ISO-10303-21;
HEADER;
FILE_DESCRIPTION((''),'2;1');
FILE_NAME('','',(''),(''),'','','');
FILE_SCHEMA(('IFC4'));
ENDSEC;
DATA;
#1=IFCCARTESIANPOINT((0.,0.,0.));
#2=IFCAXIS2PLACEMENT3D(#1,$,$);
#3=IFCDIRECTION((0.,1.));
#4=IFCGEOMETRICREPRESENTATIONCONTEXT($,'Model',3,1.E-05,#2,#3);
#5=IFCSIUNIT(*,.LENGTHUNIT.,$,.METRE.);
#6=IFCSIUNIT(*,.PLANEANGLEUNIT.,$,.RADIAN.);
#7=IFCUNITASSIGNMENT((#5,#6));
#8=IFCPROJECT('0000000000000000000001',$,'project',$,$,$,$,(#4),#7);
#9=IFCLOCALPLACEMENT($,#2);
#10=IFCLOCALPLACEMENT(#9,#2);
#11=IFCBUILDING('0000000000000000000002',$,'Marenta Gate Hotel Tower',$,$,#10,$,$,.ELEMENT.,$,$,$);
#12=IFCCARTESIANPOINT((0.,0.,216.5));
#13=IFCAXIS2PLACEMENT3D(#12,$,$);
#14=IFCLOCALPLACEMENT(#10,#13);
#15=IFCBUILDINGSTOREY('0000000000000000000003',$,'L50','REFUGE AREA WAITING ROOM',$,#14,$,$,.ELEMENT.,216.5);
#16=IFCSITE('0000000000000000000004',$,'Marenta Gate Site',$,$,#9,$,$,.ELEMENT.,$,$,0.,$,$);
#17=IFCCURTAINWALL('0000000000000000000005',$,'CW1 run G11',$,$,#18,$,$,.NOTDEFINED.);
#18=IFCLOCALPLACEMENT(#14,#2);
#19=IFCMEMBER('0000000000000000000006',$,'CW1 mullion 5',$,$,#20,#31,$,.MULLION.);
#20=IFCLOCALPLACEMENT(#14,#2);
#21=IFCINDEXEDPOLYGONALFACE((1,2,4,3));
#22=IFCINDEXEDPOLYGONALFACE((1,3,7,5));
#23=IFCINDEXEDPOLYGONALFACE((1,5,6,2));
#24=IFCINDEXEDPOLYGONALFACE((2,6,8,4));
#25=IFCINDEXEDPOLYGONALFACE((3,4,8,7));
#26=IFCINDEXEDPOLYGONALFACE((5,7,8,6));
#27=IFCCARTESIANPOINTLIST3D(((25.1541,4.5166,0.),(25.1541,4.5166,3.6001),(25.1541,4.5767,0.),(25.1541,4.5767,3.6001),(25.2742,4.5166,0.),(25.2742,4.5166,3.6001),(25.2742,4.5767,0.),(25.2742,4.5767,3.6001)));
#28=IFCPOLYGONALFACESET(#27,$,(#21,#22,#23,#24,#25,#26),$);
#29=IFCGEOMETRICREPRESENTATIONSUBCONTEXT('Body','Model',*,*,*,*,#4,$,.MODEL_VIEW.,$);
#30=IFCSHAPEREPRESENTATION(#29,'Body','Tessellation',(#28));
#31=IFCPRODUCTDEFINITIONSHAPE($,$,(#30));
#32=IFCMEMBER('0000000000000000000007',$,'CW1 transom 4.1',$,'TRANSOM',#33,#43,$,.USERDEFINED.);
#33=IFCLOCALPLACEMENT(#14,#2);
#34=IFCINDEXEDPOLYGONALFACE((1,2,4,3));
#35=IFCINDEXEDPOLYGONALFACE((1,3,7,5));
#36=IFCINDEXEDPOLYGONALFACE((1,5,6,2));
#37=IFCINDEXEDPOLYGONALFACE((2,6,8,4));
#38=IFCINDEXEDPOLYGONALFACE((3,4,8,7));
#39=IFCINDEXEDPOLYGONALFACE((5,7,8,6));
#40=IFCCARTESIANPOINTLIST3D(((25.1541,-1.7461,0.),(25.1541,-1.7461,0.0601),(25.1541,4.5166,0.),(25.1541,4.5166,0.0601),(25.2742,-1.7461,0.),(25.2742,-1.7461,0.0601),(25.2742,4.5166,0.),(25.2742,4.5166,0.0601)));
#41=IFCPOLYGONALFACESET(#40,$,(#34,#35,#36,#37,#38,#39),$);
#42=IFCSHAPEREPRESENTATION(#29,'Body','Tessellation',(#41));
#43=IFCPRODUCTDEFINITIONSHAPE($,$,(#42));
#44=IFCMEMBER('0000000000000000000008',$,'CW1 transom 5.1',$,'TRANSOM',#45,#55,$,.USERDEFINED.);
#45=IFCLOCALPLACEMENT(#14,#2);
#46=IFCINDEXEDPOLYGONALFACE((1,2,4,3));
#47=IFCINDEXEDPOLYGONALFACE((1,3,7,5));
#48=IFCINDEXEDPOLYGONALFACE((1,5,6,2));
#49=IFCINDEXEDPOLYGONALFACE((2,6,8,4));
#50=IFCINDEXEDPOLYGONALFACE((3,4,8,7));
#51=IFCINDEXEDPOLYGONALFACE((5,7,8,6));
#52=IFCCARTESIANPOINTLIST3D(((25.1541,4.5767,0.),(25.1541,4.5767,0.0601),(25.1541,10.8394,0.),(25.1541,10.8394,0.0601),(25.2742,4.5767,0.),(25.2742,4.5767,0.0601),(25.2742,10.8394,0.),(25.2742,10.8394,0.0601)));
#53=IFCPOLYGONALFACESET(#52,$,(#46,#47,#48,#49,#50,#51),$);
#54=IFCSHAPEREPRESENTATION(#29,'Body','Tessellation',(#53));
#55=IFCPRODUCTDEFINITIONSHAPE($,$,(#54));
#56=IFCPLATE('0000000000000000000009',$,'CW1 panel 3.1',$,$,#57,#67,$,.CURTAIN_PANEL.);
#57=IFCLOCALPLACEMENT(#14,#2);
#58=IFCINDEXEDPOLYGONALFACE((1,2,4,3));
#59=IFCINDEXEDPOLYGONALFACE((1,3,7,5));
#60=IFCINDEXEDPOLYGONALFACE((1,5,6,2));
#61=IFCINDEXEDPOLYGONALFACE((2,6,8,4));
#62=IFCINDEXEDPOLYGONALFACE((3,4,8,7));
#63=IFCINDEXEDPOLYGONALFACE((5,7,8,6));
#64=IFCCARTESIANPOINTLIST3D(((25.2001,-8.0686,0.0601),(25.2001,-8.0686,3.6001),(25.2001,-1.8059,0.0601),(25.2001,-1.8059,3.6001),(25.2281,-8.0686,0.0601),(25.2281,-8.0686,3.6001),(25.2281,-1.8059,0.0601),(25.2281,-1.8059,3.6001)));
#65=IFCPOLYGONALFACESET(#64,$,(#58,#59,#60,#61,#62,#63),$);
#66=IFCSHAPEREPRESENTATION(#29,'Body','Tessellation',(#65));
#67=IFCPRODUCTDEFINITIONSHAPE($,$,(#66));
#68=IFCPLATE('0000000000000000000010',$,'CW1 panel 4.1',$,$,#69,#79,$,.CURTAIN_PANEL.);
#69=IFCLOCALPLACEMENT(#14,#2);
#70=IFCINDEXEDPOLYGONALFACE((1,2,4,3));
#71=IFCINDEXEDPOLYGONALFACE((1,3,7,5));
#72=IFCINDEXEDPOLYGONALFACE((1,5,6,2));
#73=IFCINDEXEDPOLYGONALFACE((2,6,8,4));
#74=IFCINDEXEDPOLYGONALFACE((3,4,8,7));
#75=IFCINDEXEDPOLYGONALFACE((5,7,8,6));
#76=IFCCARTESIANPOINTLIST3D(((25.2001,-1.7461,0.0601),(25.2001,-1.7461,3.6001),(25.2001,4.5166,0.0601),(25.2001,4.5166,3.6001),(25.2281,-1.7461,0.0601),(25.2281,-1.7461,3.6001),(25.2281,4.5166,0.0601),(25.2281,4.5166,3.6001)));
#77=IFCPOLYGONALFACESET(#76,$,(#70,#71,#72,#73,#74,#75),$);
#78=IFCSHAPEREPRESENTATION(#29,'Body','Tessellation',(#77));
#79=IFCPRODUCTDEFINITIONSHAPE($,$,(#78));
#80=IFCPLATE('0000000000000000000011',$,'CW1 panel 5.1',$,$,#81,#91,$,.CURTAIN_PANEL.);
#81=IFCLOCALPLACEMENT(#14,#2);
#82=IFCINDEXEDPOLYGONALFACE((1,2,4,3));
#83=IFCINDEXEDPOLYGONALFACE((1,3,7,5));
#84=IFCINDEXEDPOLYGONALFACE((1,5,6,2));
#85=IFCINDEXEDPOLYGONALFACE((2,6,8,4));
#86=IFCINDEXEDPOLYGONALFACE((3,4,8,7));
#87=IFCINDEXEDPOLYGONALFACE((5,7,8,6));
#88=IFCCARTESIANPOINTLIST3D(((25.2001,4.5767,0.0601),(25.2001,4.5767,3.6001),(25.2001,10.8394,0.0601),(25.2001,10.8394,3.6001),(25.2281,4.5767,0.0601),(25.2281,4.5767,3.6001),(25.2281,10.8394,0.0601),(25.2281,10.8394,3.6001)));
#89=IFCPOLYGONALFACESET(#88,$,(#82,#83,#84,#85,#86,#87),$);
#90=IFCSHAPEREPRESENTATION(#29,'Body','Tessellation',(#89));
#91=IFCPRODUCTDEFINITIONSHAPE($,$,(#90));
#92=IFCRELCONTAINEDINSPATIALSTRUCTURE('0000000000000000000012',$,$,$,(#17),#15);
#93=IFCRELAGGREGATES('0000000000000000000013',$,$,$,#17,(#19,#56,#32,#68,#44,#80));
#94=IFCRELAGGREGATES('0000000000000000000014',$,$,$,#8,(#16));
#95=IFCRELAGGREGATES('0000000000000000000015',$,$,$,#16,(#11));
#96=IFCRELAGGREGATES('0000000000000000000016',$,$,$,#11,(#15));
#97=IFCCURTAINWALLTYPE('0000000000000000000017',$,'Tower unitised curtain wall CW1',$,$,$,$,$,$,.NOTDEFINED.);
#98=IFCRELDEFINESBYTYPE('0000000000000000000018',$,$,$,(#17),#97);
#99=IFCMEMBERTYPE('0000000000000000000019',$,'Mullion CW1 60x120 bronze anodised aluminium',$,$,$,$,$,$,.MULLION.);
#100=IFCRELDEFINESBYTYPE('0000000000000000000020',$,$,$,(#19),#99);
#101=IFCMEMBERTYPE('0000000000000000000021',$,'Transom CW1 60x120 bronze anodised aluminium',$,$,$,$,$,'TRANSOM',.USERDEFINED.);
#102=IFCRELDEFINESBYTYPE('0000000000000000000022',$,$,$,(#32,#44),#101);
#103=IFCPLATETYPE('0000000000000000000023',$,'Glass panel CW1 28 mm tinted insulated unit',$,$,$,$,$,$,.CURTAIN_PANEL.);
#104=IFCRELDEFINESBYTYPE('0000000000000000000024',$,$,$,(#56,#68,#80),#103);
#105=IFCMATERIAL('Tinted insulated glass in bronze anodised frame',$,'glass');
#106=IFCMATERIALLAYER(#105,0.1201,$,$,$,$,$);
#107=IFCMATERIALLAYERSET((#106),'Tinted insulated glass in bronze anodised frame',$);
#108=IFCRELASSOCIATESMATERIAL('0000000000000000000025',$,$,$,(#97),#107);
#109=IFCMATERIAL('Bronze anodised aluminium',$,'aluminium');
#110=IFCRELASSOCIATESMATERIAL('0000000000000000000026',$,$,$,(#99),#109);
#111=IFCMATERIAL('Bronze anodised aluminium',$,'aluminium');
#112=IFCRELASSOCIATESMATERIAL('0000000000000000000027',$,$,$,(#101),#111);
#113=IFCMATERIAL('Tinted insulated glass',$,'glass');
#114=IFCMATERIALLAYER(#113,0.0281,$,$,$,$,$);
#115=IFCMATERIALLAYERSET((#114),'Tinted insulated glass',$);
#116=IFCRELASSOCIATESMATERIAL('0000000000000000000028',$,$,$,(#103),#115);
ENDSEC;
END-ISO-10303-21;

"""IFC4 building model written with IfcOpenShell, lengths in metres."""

from ifc_helpers import new_model, si_unit, direction, frame, origin, origin_2d, place, context, subcontext, project, spatial, rectangle, extrude, material, layer, layer_set, material_profile, profile_set, type_object, element, aggregate, save


model = new_model("IFC4")

# Units and contexts
model_context = context("Model", 3, precision=1e-05, world=origin(), true_north=direction((0.0, 1.0)))
body_context = subcontext(model_context, "Body", "Model", "MODEL_VIEW")
ifc_project = project(units=[si_unit("LENGTHUNIT", "METRE"), si_unit("PLANEANGLEUNIT", "RADIAN")], contexts=[model_context])

# Site, building, storey
site_placement = place(None, origin())
site = spatial("IfcSite", under=ifc_project, at=site_placement, Name="Marenta Gate Site", CompositionType="ELEMENT", RefElevation=0.0)
building_placement = place(site_placement, origin())
building = spatial("IfcBuilding", under=site, at=building_placement, Name="Marenta Gate Hotel Tower", CompositionType="ELEMENT")
storey_placement = place(building_placement, frame((0.0, 0.0, 216.5)))
storey = spatial("IfcBuildingStorey", under=building, at=storey_placement, Name="L50", Description="REFUGE AREA WAITING ROOM", CompositionType="ELEMENT", Elevation=216.5)

# Curtain wall, members, plates
ifc_material_1 = material(Name="Tinted insulated glass in bronze anodised frame", Category="glass")
ifc_layer_1 = layer(ifc_material_1, 0.1201)
ifc_layer_set_1 = layer_set([ifc_layer_1], Name="Tinted insulated glass in bronze anodised frame")
curtain_wall_type = type_object("IfcCurtainWallType", Name="Tower unitised curtain wall CW1", PredefinedType="NOTDEFINED", material=ifc_layer_set_1)
curtain_wall_placement = place(storey_placement, origin())
curtain_wall = element("IfcCurtainWall", 1, at=curtain_wall_placement, inside=storey, type_object=curtain_wall_type, Name="CW1 run G11", PredefinedType="NOTDEFINED")
ifc_material_2 = material(Name="Bronze anodised aluminium", Category="aluminium")
ifc_material_profile_1 = material_profile(ifc_material_2, rectangle(XDim=0.1201, YDim=0.0601, at=origin_2d()), Name="Mullion CW1 60x120 bronze anodised aluminium")
ifc_profile_set_1 = profile_set([ifc_material_profile_1], Name="Bronze anodised aluminium")
member_type_1 = type_object("IfcMemberType", Name="Mullion CW1 60x120 bronze anodised aluminium", PredefinedType="MULLION", material=ifc_profile_set_1)
member_1_placement = place(storey_placement, frame((25.2141, 4.5466, 0.0), z_axis=(0.0, 0.0, 1.0), x_axis=(-1.0, 0.0, 0.0)))
member_1 = element("IfcMember", 2, at=member_1_placement, type_object=member_type_1, Name="CW1 mullion 5", PredefinedType="MULLION", context=body_context, shape_type="SweptSolid", body=[
    extrude(rectangle(XDim=0.1201, YDim=0.0601, at=origin_2d()), origin(), (0.0, 0.0, 1.0), 3.6001),
])
ifc_material_3 = material(Name="Bronze anodised aluminium", Category="aluminium")
ifc_material_profile_2 = material_profile(ifc_material_3, rectangle(XDim=0.1201, YDim=0.0601, at=origin_2d()), Name="Transom CW1 60x120 bronze anodised aluminium")
ifc_profile_set_2 = profile_set([ifc_material_profile_2], Name="Bronze anodised aluminium")
member_type_2 = type_object("IfcMemberType", Name="Transom CW1 60x120 bronze anodised aluminium", ElementType="TRANSOM", PredefinedType="USERDEFINED", material=ifc_profile_set_2)
member_2_placement = place(storey_placement, frame((25.2141, -1.7461, 0.03), z_axis=(0.0, 1.0, 0.0), x_axis=(-1.0, 0.0, 0.0)))
member_2 = element("IfcMember", 3, at=member_2_placement, type_object=member_type_2, Name="CW1 transom 4.1", ObjectType="TRANSOM", PredefinedType="USERDEFINED", context=body_context, shape_type="SweptSolid", body=[
    extrude(rectangle(XDim=0.1201, YDim=0.0601, at=origin_2d()), origin(), (0.0, 0.0, 1.0), 6.2627),
])
member_3_placement = place(storey_placement, frame((25.2141, 4.5767, 0.03), z_axis=(0.0, 1.0, 0.0), x_axis=(-1.0, 0.0, 0.0)))
member_3 = element("IfcMember", 4, at=member_3_placement, type_object=member_type_2, Name="CW1 transom 5.1", ObjectType="TRANSOM", PredefinedType="USERDEFINED", context=body_context, shape_type="SweptSolid", body=[
    extrude(rectangle(XDim=0.1201, YDim=0.0601, at=origin_2d()), origin(), (0.0, 0.0, 1.0), 6.2627),
])
ifc_material_4 = material(Name="Tinted insulated glass", Category="glass")
ifc_layer_2 = layer(ifc_material_4, 0.0281)
ifc_layer_set_2 = layer_set([ifc_layer_2], Name="Tinted insulated glass")
plate_type = type_object("IfcPlateType", Name="Glass panel CW1 28 mm tinted insulated unit", PredefinedType="CURTAIN_PANEL", material=ifc_layer_set_2)
plate_1_placement = place(storey_placement, frame((25.2141, -4.9373, 0.0601), z_axis=(0.0, 0.0, 1.0), x_axis=(0.0, 1.0, 0.0)))
plate_1 = element("IfcPlate", 5, at=plate_1_placement, type_object=plate_type, Name="CW1 panel 3.1", PredefinedType="CURTAIN_PANEL", context=body_context, shape_type="SweptSolid", body=[
    extrude(rectangle(XDim=6.2627, YDim=0.0281, at=origin_2d()), origin(), (0.0, 0.0, 1.0), 3.54),
])
plate_2_placement = place(storey_placement, frame((25.2141, 1.3853, 0.0601), z_axis=(0.0, 0.0, 1.0), x_axis=(0.0, 1.0, 0.0)))
plate_2 = element("IfcPlate", 6, at=plate_2_placement, type_object=plate_type, Name="CW1 panel 4.1", PredefinedType="CURTAIN_PANEL", context=body_context, shape_type="SweptSolid", body=[
    extrude(rectangle(XDim=6.2627, YDim=0.0281, at=origin_2d()), origin(), (0.0, 0.0, 1.0), 3.54),
])
plate_3_placement = place(storey_placement, frame((25.2141, 7.708, 0.0601), z_axis=(0.0, 0.0, 1.0), x_axis=(0.0, 1.0, 0.0)))
plate_3 = element("IfcPlate", 7, at=plate_3_placement, type_object=plate_type, Name="CW1 panel 5.1", PredefinedType="CURTAIN_PANEL", context=body_context, shape_type="SweptSolid", body=[
    extrude(rectangle(XDim=6.2627, YDim=0.0281, at=origin_2d()), origin(), (0.0, 0.0, 1.0), 3.54),
])
aggregate(curtain_wall, [member_1, plate_1, member_2, plate_2, member_3, plate_3])

save(model, "model.ifc")
